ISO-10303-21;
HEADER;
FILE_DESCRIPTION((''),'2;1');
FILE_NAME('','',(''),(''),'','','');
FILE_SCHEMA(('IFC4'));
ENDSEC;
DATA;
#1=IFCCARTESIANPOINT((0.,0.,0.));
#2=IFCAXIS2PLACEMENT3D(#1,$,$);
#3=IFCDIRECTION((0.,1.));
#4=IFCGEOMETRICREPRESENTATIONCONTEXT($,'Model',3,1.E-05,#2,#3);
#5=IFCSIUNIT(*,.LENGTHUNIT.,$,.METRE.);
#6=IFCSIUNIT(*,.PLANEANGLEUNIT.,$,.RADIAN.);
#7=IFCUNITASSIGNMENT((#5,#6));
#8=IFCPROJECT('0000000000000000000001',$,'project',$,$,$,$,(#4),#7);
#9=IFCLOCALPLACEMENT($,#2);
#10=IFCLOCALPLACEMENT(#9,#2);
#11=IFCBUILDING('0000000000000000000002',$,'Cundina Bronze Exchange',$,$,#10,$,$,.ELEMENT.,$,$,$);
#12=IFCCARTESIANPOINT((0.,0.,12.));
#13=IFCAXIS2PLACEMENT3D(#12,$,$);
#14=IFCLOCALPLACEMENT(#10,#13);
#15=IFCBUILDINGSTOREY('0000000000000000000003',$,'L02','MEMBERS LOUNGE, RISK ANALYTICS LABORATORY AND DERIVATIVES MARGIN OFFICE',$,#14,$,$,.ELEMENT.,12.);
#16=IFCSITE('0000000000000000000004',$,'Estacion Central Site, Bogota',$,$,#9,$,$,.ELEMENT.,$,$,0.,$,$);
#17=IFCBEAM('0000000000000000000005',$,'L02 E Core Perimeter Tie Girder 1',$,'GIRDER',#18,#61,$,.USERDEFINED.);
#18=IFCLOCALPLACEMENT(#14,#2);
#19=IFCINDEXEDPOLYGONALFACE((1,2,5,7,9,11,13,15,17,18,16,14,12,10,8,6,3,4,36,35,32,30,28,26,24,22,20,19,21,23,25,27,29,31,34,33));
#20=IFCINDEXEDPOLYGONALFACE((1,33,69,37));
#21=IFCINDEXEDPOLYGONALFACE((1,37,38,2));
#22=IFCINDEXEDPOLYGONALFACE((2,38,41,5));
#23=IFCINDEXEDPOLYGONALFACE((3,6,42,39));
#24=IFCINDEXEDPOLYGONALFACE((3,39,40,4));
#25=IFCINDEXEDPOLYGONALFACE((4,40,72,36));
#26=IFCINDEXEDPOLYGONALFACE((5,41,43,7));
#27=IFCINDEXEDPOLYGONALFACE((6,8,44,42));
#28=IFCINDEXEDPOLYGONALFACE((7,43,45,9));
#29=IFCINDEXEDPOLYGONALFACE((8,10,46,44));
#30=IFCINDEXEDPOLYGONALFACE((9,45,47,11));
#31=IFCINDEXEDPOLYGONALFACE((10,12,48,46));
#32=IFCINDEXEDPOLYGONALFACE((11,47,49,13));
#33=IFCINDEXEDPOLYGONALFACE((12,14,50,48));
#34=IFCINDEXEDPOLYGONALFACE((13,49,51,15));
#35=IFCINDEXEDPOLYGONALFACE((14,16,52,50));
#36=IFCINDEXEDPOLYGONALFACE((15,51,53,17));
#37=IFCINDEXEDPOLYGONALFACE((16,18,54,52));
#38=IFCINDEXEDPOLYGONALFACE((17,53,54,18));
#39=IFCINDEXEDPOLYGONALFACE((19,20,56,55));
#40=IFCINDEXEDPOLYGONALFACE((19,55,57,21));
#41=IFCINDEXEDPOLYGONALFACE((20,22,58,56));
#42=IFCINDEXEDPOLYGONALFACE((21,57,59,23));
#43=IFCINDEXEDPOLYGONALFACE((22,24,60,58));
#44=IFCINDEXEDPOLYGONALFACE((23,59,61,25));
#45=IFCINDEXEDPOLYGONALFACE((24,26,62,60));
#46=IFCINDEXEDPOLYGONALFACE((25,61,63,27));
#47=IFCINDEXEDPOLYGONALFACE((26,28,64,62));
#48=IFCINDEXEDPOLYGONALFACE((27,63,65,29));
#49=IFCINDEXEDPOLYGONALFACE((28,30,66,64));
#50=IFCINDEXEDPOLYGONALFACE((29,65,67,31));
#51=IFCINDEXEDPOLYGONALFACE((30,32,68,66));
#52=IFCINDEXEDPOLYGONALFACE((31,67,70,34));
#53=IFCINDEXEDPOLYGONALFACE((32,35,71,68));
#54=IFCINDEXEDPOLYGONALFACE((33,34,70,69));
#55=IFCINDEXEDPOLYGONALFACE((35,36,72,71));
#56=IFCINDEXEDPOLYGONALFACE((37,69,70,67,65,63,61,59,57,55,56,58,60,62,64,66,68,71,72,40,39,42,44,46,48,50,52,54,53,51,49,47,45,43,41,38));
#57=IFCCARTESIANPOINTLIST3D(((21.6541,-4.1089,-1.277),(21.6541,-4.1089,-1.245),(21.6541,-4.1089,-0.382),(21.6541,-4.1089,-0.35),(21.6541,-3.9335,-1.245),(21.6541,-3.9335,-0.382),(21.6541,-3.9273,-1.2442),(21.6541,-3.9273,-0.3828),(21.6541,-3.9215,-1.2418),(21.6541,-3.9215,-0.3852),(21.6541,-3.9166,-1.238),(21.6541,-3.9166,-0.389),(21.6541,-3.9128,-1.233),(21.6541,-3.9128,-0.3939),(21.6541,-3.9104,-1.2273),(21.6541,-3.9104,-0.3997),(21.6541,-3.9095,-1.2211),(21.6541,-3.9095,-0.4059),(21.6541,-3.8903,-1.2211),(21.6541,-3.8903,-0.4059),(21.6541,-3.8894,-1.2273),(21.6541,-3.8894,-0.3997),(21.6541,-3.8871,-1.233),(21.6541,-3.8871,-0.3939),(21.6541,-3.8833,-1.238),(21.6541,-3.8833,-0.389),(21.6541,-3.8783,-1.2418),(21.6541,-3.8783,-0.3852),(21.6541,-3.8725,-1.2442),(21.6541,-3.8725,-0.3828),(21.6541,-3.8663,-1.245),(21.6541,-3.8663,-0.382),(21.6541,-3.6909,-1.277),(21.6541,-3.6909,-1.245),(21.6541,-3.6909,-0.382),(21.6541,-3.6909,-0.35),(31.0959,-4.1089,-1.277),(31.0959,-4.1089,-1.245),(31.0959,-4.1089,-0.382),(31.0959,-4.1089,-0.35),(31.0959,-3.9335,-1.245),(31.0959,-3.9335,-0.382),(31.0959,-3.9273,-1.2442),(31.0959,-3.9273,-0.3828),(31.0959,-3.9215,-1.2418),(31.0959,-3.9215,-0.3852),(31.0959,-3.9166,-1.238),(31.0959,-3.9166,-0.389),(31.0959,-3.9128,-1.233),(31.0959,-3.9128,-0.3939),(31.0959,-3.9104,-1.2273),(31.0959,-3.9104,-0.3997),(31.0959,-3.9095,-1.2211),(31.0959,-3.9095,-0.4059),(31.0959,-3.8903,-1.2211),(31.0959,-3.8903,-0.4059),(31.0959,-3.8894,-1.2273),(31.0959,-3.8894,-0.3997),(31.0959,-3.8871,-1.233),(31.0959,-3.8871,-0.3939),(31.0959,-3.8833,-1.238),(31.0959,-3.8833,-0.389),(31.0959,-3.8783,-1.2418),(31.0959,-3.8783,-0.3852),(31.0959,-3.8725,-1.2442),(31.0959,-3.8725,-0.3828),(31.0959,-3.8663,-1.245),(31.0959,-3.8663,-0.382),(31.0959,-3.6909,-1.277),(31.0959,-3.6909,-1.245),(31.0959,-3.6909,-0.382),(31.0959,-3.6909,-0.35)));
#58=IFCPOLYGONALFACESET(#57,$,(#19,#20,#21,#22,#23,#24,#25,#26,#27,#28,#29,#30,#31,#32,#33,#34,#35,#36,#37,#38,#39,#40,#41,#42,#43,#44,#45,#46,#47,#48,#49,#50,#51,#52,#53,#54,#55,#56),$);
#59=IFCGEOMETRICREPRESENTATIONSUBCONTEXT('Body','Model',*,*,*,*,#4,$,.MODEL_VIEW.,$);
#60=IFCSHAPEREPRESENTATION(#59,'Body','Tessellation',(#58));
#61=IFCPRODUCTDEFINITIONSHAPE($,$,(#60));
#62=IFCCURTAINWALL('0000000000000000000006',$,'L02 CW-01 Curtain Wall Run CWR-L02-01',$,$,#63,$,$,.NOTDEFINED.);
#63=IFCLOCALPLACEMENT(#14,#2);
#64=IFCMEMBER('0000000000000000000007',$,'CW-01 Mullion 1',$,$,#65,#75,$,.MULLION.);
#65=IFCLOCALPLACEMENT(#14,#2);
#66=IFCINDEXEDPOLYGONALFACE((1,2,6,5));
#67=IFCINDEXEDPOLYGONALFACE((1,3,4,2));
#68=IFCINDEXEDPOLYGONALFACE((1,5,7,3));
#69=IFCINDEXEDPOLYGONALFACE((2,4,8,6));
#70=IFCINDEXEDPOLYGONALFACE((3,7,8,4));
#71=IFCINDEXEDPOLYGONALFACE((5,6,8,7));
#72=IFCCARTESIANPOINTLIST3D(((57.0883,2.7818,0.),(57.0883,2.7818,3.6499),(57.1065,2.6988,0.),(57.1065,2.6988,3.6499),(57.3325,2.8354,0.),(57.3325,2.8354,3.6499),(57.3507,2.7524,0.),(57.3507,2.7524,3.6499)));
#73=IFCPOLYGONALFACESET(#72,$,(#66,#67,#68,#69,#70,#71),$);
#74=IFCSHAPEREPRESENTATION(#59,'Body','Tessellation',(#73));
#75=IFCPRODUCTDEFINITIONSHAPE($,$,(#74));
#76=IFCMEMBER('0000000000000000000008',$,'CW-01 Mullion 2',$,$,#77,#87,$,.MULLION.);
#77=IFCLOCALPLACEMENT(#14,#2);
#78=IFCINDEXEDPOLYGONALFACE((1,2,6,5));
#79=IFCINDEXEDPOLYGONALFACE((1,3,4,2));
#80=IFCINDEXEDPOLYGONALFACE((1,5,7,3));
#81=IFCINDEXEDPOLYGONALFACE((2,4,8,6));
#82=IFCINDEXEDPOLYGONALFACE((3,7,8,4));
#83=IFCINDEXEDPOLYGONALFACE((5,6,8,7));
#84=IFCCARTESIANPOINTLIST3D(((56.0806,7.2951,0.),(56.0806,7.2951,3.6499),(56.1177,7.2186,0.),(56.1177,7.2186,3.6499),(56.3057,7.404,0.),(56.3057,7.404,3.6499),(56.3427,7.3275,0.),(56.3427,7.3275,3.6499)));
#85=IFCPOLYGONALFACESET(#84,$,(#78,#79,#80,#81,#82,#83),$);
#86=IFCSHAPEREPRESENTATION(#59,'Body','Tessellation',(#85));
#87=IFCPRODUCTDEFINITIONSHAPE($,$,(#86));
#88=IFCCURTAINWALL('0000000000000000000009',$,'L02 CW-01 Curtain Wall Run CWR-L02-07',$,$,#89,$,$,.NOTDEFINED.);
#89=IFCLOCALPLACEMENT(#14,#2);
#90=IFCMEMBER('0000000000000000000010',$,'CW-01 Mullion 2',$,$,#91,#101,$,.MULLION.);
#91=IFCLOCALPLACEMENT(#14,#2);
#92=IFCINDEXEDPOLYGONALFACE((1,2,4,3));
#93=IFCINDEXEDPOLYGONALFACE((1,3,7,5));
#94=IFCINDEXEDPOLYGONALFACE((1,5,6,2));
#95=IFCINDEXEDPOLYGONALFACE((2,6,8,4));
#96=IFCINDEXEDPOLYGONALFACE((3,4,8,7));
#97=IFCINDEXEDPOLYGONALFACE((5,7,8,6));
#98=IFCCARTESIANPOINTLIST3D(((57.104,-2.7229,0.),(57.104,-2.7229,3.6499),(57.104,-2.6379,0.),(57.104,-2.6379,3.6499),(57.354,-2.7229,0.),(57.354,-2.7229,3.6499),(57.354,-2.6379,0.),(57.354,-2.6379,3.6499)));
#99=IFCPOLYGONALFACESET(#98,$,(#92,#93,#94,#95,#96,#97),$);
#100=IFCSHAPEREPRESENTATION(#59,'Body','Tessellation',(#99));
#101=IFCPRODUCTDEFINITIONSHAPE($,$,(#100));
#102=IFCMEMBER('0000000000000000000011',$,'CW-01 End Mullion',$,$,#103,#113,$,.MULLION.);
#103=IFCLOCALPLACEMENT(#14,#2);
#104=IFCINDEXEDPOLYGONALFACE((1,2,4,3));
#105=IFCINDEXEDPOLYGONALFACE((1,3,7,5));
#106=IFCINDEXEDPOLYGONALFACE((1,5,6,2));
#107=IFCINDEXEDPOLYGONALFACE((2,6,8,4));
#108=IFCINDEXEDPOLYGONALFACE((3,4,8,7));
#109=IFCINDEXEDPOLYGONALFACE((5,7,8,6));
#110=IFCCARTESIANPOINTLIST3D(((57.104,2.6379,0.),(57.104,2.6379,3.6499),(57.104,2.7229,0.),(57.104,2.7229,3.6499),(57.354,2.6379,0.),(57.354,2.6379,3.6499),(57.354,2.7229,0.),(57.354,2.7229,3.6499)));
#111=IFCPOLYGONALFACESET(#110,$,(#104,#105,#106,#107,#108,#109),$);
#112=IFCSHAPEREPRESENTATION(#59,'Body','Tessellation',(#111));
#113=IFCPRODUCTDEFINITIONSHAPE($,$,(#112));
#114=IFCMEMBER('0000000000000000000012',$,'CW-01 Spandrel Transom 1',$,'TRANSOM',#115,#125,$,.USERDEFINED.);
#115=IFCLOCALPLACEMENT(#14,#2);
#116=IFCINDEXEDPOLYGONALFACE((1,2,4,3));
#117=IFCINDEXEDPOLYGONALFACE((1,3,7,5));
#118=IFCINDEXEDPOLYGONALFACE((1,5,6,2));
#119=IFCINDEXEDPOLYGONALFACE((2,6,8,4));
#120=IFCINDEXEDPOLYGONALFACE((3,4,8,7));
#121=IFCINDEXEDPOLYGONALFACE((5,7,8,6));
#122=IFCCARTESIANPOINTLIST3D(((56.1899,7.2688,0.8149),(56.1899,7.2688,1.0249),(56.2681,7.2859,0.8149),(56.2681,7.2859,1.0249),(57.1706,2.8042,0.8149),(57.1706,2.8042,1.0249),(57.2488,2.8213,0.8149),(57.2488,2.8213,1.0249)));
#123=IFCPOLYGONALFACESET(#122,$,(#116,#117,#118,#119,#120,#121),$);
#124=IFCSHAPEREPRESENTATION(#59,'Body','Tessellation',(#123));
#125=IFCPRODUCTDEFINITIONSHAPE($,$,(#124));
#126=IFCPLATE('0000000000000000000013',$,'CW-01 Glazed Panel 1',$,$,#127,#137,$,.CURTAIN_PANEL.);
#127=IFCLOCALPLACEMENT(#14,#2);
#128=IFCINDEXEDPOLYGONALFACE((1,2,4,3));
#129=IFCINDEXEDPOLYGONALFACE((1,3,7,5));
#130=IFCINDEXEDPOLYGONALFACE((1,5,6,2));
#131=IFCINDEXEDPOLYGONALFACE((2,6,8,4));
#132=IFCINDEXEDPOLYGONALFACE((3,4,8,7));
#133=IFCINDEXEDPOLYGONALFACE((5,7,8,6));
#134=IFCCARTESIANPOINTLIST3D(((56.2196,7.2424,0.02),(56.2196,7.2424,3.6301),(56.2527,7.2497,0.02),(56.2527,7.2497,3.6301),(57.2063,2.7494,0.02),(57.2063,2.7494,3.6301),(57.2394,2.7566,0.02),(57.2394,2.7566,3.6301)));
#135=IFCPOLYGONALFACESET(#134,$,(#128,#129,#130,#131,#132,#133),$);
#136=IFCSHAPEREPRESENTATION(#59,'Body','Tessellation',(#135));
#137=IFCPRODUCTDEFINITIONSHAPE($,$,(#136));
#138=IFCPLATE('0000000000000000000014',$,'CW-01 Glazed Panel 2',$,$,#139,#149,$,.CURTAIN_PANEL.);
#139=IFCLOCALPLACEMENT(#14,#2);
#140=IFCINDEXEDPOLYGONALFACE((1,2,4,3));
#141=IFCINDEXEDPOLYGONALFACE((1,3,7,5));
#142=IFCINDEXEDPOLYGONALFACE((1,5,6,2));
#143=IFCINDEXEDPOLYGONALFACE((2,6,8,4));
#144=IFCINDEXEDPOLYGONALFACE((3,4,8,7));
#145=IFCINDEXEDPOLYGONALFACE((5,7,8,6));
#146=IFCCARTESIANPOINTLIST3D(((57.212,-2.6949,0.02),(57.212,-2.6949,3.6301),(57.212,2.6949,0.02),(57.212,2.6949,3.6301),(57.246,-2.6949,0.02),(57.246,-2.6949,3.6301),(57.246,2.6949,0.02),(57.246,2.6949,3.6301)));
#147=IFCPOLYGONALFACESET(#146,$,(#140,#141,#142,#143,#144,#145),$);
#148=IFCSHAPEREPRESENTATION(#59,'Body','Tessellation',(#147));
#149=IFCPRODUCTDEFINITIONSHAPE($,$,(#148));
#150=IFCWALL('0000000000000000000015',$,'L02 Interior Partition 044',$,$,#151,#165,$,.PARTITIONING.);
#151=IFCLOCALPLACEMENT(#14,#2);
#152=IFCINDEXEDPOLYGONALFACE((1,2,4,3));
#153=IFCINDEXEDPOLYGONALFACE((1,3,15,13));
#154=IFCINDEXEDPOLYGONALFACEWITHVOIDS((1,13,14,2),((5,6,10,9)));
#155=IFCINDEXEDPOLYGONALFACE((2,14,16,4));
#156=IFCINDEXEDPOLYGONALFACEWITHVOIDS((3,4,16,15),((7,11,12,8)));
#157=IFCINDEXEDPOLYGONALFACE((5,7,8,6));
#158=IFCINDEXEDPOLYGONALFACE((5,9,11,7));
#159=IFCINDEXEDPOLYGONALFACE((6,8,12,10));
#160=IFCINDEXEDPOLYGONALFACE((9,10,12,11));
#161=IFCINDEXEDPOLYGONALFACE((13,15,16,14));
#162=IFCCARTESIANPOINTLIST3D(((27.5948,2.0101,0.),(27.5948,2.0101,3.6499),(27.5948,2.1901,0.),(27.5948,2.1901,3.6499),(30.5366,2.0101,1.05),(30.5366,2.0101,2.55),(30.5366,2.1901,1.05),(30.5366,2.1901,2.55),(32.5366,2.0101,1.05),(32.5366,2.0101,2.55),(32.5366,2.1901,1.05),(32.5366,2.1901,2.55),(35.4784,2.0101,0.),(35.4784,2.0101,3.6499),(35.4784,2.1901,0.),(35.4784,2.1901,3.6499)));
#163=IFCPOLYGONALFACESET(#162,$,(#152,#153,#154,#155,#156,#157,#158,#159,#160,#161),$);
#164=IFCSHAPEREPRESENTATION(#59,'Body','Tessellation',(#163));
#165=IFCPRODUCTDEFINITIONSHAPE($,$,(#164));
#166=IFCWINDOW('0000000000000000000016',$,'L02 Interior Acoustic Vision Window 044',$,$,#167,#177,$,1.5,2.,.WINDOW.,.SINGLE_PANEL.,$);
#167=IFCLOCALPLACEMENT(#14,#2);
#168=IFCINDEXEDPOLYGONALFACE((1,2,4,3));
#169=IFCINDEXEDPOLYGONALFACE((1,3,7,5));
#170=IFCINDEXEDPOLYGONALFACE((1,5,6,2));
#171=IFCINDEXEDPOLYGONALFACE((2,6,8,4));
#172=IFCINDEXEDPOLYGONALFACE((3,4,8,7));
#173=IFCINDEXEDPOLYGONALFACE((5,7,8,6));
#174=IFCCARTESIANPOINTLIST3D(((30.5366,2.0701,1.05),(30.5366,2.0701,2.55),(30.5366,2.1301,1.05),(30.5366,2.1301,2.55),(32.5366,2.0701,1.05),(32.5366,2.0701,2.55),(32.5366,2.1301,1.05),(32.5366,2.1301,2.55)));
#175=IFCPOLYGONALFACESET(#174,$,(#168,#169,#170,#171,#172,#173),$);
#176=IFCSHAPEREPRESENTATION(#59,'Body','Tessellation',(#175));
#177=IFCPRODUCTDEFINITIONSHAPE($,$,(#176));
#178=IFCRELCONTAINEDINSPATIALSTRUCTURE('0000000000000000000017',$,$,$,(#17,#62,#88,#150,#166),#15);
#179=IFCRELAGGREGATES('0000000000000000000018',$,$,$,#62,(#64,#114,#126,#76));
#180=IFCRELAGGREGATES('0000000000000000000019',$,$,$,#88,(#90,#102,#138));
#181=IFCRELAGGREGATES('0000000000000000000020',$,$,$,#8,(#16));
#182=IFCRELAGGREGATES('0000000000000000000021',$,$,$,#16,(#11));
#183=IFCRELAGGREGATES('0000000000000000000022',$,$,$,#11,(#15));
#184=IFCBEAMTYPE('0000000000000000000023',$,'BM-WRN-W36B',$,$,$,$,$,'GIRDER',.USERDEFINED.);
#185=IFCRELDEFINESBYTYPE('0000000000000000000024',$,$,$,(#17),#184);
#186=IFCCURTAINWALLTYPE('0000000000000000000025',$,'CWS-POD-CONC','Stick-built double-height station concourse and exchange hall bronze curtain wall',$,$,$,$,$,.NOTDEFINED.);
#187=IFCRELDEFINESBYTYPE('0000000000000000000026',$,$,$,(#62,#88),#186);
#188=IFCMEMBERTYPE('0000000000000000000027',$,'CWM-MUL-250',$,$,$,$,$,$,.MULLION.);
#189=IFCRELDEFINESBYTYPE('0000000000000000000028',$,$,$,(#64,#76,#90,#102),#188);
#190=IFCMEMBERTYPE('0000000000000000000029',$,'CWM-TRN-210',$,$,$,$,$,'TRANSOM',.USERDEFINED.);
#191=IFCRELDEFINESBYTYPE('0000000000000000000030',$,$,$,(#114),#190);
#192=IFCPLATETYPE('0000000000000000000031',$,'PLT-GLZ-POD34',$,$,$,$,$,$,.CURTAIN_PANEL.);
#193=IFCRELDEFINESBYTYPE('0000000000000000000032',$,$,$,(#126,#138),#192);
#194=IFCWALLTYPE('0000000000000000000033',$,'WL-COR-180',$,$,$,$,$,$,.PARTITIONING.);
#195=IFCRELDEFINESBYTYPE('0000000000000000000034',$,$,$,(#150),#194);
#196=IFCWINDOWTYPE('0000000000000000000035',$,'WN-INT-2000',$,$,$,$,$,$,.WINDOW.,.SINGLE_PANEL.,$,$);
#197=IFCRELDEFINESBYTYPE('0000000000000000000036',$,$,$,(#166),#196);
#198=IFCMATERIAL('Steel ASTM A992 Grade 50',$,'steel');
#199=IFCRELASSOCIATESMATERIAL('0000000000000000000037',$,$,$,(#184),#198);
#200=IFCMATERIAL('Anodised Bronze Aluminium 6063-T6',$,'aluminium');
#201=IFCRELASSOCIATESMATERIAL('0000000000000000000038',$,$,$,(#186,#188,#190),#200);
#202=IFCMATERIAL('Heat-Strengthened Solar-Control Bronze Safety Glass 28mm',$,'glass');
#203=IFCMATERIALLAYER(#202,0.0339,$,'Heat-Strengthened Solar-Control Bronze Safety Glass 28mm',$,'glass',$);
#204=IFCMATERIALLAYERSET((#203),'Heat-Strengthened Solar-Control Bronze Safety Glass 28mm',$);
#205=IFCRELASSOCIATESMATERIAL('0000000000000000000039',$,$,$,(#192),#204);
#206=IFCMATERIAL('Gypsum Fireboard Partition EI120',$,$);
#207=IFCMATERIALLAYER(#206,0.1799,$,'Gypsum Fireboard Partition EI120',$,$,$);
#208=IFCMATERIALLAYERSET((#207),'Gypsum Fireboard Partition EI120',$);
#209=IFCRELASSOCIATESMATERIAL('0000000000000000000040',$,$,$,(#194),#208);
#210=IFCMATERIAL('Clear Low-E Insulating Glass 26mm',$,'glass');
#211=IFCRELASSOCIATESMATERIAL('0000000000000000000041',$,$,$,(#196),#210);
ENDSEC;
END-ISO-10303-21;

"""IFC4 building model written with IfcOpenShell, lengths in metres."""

from ifc_helpers import new_model, si_unit, direction, frame, frame_2d, origin, origin_2d, place, context, subcontext, project, spatial, rectangle, i_section, extrude, material, layer, layer_set, material_profile, profile_set, type_object, element, fill, aggregate, save


model = new_model("IFC4")

# Units and contexts
model_context = context("Model", 3, precision=1e-05, world=origin(), true_north=direction((0.0, 1.0)))
body_context = subcontext(model_context, "Body", "Model", "MODEL_VIEW")
ifc_project = project(units=[si_unit("LENGTHUNIT", "METRE"), si_unit("PLANEANGLEUNIT", "RADIAN")], contexts=[model_context])

# Site, building, storey
site_placement = place(None, origin())
site = spatial("IfcSite", under=ifc_project, at=site_placement, Name="Estacion Central Site, Bogota", CompositionType="ELEMENT", RefElevation=0.0)
building_placement = place(site_placement, origin())
building = spatial("IfcBuilding", under=site, at=building_placement, Name="Cundina Bronze Exchange", CompositionType="ELEMENT")
storey_placement = place(building_placement, frame((0.0, 0.0, 12.0)))
storey = spatial("IfcBuildingStorey", under=building, at=storey_placement, Name="L02", Description="MEMBERS LOUNGE, RISK ANALYTICS LABORATORY AND DERIVATIVES MARGIN OFFICE", CompositionType="ELEMENT", Elevation=12.0)

# Shared definitions
ifc_material_1 = material(Name="Steel ASTM A992 Grade 50", Category="steel")

# Beam
ifc_material_profile_1 = material_profile(ifc_material_1, i_section(OverallWidth=0.418, OverallDepth=0.927, WebThickness=0.0193, FlangeThickness=0.032, FilletRadius=0.0239, at=origin_2d()), Name="W36X231", Category="steel")
ifc_profile_set_1 = profile_set([ifc_material_profile_1], Name="Steel ASTM A992 Grade 50")
beam_type_1 = type_object("IfcBeamType", Name="BM-WRN-W36B", ElementType="GIRDER", PredefinedType="USERDEFINED", material=ifc_profile_set_1)
beam_1_placement = place(storey_placement, frame((31.0959, -3.8999, -0.8135), z_axis=(-1.0, 0.0, 0.0), x_axis=(0.0, -1.0, 0.0)))
element("IfcBeam", 1, at=beam_1_placement, inside=storey, type_object=beam_type_1, Name="L02 E Core Perimeter Tie Girder 1", ObjectType="GIRDER", PredefinedType="USERDEFINED", context=body_context, shape_type="SweptSolid", body=[
    extrude(i_section(OverallWidth=0.418, OverallDepth=0.927, WebThickness=0.0193, FlangeThickness=0.032, FilletRadius=0.0239, at=origin_2d()), origin(), (0.0, 0.0, 1.0), 9.4419),
])

# Curtain walls, members
ifc_material_2 = material(Name="Anodised Bronze Aluminium 6063-T6", Category="aluminium")
curtain_wall_type = type_object("IfcCurtainWallType", Name="CWS-POD-CONC", Description="Stick-built double-height station concourse and exchange hall bronze curtain wall", PredefinedType="NOTDEFINED", material=ifc_material_2)
curtain_wall_1_placement = place(storey_placement, origin())
curtain_wall_1 = element("IfcCurtainWall", 2, at=curtain_wall_1_placement, inside=storey, type_object=curtain_wall_type, Name="L02 CW-01 Curtain Wall Run CWR-L02-01", PredefinedType="NOTDEFINED")
ifc_material_profile_2 = material_profile(ifc_material_2, rectangle(XDim=0.085, YDim=0.25, at=origin_2d()), Name="AL85X250", Category="aluminium")
ifc_profile_set_2 = profile_set([ifc_material_profile_2], Name="Anodised Bronze Aluminium 6063-T6")
member_type_1 = type_object("IfcMemberType", Name="CWM-MUL-250", PredefinedType="MULLION", material=ifc_profile_set_2)
member_1_placement = place(storey_placement, frame((57.2195, 2.7671, 0.0), z_axis=(0.0, 0.0, 1.0), x_axis=(-0.214565, 0.97671, 0.0)))
member_1 = element("IfcMember", 3, at=member_1_placement, type_object=member_type_1, Name="CW-01 Mullion 1", PredefinedType="MULLION", context=body_context, shape_type="SweptSolid", body=[
    extrude(rectangle(XDim=0.085, YDim=0.25, at=origin_2d()), origin(), (0.0, 0.0, 1.0), 3.6499),
])
member_2_placement = place(storey_placement, frame((56.2117, 7.3113, 0.0), z_axis=(0.0, 0.0, 1.0), x_axis=(-0.435702, 0.900091, 0.0)))
member_2 = element("IfcMember", 4, at=member_2_placement, type_object=member_type_1, Name="CW-01 Mullion 2", PredefinedType="MULLION", context=body_context, shape_type="SweptSolid", body=[
    extrude(rectangle(XDim=0.085, YDim=0.25, at=origin_2d()), origin(), (0.0, 0.0, 1.0), 3.6499),
])
curtain_wall_2_placement = place(storey_placement, origin())
curtain_wall_2 = element("IfcCurtainWall", 5, at=curtain_wall_2_placement, inside=storey, type_object=curtain_wall_type, Name="L02 CW-01 Curtain Wall Run CWR-L02-07", PredefinedType="NOTDEFINED")
member_3_placement = place(storey_placement, frame((57.229, -2.6804, 0.0), z_axis=(0.0, 0.0, 1.0), x_axis=(0.0, 1.0, 0.0)))
member_3 = element("IfcMember", 6, at=member_3_placement, type_object=member_type_1, Name="CW-01 Mullion 2", PredefinedType="MULLION", context=body_context, shape_type="SweptSolid", body=[
    extrude(rectangle(XDim=0.085, YDim=0.25, at=origin_2d()), origin(), (0.0, 0.0, 1.0), 3.6499),
])
member_4_placement = place(storey_placement, frame((57.229, 2.6804, 0.0), z_axis=(0.0, 0.0, 1.0), x_axis=(0.0, 1.0, 0.0)))
member_4 = element("IfcMember", 7, at=member_4_placement, type_object=member_type_1, Name="CW-01 End Mullion", PredefinedType="MULLION", context=body_context, shape_type="SweptSolid", body=[
    extrude(rectangle(XDim=0.085, YDim=0.25, at=origin_2d()), origin(), (0.0, 0.0, 1.0), 3.6499),
])

# Member
ifc_material_profile_3 = material_profile(ifc_material_2, rectangle(XDim=0.0801, YDim=0.21, at=origin_2d()), Name="AL80X210", Category="aluminium")
ifc_profile_set_3 = profile_set([ifc_material_profile_3], Name="Anodised Bronze Aluminium 6063-T6")
member_type_2 = type_object("IfcMemberType", Name="CWM-TRN-210", ElementType="TRANSOM", PredefinedType="USERDEFINED", material=ifc_profile_set_3)
member_5_placement = place(storey_placement, frame((57.2097, 2.8127, 0.9199), z_axis=(-0.214549, 0.976713, 0.0), x_axis=(-0.976713, -0.214549, 0.0)))
member_5 = element("IfcMember", 8, at=member_5_placement, type_object=member_type_2, Name="CW-01 Spandrel Transom 1", ObjectType="TRANSOM", PredefinedType="USERDEFINED", context=body_context, shape_type="SweptSolid", body=[
    extrude(rectangle(XDim=0.0801, YDim=0.21, at=origin_2d()), origin(), (0.0, 0.0, 1.0), 4.571),
])

# Plates
ifc_material_3 = material(Name="Heat-Strengthened Solar-Control Bronze Safety Glass 28mm", Category="glass")
ifc_layer_1 = layer(ifc_material_3, 0.0339, Name="Heat-Strengthened Solar-Control Bronze Safety Glass 28mm", Category="glass")
ifc_layer_set_1 = layer_set([ifc_layer_1], Name="Heat-Strengthened Solar-Control Bronze Safety Glass 28mm")
plate_type = type_object("IfcPlateType", Name="PLT-GLZ-POD34", PredefinedType="CURTAIN_PANEL", material=ifc_layer_set_1)
plate_1_placement = place(storey_placement, frame((56.7295, 4.9995, 0.02), z_axis=(0.0, 0.0, 1.0), x_axis=(-0.214497, 0.976725, 0.0)))
plate_1 = element("IfcPlate", 9, at=plate_1_placement, type_object=plate_type, Name="CW-01 Glazed Panel 1", PredefinedType="CURTAIN_PANEL", context=body_context, shape_type="SweptSolid", body=[
    extrude(rectangle(XDim=4.6001, YDim=0.0339, at=origin_2d()), origin(), (0.0, 0.0, 1.0), 3.6101),
])
aggregate(curtain_wall_1, [member_1, member_5, plate_1, member_2])
plate_2_placement = place(storey_placement, frame((57.229, 0.0, 0.02), z_axis=(0.0, 0.0, 1.0), x_axis=(0.0, 1.0, 0.0)))
plate_2 = element("IfcPlate", 10, at=plate_2_placement, type_object=plate_type, Name="CW-01 Glazed Panel 2", PredefinedType="CURTAIN_PANEL", context=body_context, shape_type="SweptSolid", body=[
    extrude(rectangle(XDim=5.3899, YDim=0.0339, at=origin_2d()), origin(), (0.0, 0.0, 1.0), 3.6101),
])
aggregate(curtain_wall_2, [member_3, member_4, plate_2])

# Shared definitions
ifc_material_4 = material(Name="Gypsum Fireboard Partition EI120")
ifc_layer_2 = layer(ifc_material_4, 0.1799, Name="Gypsum Fireboard Partition EI120")
ifc_layer_set_2 = layer_set([ifc_layer_2], Name="Gypsum Fireboard Partition EI120")
wall_type_1 = type_object("IfcWallType", Name="WL-COR-180", PredefinedType="PARTITIONING", material=ifc_layer_set_2)

# Wall, opening, window
wall_1_placement = place(storey_placement, frame((35.4785, 2.1001, 0.0), z_axis=(0.0, 0.0, 1.0), x_axis=(-1.0, 0.0, 0.0)))
wall_1 = element("IfcWall", 11, at=wall_1_placement, inside=storey, type_object=wall_type_1, Name="L02 Interior Partition 044", PredefinedType="PARTITIONING", context=body_context, shape_type="SweptSolid", body=[
    extrude(rectangle(XDim=7.8835, YDim=0.1799, at=frame_2d((3.9419, 0.0))), origin(), (0.0, 0.0, 1.0), 3.6499),
])
opening_1_placement = place(wall_1_placement, frame((2.9419, 0.0, 1.05)))
opening_1 = element("IfcOpeningElement", 12, at=opening_1_placement, cuts=wall_1, PredefinedType="OPENING", context=body_context, shape_type="SweptSolid", body=[
    extrude(rectangle(XDim=2.0, YDim=1.5, at=frame_2d((1.0, 0.75))), frame((0.0, 0.0999, 0.0), z_axis=(0.0, -1.0, 0.0), x_axis=(1.0, 0.0, 0.0)), (0.0, 0.0, 1.0), 0.2),
])
ifc_material_5 = material(Name="Clear Low-E Insulating Glass 26mm", Category="glass")
window_type = type_object("IfcWindowType", Name="WN-INT-2000", PartitioningType="SINGLE_PANEL", PredefinedType="WINDOW", material=ifc_material_5)
window_1_placement = place(opening_1_placement, origin())
window_1 = element("IfcWindow", 13, at=window_1_placement, inside=storey, type_object=window_type, Name="L02 Interior Acoustic Vision Window 044", OverallHeight=1.5, OverallWidth=2.0, PartitioningType="SINGLE_PANEL", PredefinedType="WINDOW", context=body_context, shape_type="SweptSolid", body=[
    extrude(rectangle(XDim=2.0, YDim=1.5, at=frame_2d((1.0, 0.75))), frame((0.0, 0.03, 0.0), z_axis=(0.0, -1.0, 0.0), x_axis=(1.0, 0.0, 0.0)), (0.0, 0.0, 1.0), 0.0601),
])
fill(opening_1, window_1)

save(model, "model.ifc")
